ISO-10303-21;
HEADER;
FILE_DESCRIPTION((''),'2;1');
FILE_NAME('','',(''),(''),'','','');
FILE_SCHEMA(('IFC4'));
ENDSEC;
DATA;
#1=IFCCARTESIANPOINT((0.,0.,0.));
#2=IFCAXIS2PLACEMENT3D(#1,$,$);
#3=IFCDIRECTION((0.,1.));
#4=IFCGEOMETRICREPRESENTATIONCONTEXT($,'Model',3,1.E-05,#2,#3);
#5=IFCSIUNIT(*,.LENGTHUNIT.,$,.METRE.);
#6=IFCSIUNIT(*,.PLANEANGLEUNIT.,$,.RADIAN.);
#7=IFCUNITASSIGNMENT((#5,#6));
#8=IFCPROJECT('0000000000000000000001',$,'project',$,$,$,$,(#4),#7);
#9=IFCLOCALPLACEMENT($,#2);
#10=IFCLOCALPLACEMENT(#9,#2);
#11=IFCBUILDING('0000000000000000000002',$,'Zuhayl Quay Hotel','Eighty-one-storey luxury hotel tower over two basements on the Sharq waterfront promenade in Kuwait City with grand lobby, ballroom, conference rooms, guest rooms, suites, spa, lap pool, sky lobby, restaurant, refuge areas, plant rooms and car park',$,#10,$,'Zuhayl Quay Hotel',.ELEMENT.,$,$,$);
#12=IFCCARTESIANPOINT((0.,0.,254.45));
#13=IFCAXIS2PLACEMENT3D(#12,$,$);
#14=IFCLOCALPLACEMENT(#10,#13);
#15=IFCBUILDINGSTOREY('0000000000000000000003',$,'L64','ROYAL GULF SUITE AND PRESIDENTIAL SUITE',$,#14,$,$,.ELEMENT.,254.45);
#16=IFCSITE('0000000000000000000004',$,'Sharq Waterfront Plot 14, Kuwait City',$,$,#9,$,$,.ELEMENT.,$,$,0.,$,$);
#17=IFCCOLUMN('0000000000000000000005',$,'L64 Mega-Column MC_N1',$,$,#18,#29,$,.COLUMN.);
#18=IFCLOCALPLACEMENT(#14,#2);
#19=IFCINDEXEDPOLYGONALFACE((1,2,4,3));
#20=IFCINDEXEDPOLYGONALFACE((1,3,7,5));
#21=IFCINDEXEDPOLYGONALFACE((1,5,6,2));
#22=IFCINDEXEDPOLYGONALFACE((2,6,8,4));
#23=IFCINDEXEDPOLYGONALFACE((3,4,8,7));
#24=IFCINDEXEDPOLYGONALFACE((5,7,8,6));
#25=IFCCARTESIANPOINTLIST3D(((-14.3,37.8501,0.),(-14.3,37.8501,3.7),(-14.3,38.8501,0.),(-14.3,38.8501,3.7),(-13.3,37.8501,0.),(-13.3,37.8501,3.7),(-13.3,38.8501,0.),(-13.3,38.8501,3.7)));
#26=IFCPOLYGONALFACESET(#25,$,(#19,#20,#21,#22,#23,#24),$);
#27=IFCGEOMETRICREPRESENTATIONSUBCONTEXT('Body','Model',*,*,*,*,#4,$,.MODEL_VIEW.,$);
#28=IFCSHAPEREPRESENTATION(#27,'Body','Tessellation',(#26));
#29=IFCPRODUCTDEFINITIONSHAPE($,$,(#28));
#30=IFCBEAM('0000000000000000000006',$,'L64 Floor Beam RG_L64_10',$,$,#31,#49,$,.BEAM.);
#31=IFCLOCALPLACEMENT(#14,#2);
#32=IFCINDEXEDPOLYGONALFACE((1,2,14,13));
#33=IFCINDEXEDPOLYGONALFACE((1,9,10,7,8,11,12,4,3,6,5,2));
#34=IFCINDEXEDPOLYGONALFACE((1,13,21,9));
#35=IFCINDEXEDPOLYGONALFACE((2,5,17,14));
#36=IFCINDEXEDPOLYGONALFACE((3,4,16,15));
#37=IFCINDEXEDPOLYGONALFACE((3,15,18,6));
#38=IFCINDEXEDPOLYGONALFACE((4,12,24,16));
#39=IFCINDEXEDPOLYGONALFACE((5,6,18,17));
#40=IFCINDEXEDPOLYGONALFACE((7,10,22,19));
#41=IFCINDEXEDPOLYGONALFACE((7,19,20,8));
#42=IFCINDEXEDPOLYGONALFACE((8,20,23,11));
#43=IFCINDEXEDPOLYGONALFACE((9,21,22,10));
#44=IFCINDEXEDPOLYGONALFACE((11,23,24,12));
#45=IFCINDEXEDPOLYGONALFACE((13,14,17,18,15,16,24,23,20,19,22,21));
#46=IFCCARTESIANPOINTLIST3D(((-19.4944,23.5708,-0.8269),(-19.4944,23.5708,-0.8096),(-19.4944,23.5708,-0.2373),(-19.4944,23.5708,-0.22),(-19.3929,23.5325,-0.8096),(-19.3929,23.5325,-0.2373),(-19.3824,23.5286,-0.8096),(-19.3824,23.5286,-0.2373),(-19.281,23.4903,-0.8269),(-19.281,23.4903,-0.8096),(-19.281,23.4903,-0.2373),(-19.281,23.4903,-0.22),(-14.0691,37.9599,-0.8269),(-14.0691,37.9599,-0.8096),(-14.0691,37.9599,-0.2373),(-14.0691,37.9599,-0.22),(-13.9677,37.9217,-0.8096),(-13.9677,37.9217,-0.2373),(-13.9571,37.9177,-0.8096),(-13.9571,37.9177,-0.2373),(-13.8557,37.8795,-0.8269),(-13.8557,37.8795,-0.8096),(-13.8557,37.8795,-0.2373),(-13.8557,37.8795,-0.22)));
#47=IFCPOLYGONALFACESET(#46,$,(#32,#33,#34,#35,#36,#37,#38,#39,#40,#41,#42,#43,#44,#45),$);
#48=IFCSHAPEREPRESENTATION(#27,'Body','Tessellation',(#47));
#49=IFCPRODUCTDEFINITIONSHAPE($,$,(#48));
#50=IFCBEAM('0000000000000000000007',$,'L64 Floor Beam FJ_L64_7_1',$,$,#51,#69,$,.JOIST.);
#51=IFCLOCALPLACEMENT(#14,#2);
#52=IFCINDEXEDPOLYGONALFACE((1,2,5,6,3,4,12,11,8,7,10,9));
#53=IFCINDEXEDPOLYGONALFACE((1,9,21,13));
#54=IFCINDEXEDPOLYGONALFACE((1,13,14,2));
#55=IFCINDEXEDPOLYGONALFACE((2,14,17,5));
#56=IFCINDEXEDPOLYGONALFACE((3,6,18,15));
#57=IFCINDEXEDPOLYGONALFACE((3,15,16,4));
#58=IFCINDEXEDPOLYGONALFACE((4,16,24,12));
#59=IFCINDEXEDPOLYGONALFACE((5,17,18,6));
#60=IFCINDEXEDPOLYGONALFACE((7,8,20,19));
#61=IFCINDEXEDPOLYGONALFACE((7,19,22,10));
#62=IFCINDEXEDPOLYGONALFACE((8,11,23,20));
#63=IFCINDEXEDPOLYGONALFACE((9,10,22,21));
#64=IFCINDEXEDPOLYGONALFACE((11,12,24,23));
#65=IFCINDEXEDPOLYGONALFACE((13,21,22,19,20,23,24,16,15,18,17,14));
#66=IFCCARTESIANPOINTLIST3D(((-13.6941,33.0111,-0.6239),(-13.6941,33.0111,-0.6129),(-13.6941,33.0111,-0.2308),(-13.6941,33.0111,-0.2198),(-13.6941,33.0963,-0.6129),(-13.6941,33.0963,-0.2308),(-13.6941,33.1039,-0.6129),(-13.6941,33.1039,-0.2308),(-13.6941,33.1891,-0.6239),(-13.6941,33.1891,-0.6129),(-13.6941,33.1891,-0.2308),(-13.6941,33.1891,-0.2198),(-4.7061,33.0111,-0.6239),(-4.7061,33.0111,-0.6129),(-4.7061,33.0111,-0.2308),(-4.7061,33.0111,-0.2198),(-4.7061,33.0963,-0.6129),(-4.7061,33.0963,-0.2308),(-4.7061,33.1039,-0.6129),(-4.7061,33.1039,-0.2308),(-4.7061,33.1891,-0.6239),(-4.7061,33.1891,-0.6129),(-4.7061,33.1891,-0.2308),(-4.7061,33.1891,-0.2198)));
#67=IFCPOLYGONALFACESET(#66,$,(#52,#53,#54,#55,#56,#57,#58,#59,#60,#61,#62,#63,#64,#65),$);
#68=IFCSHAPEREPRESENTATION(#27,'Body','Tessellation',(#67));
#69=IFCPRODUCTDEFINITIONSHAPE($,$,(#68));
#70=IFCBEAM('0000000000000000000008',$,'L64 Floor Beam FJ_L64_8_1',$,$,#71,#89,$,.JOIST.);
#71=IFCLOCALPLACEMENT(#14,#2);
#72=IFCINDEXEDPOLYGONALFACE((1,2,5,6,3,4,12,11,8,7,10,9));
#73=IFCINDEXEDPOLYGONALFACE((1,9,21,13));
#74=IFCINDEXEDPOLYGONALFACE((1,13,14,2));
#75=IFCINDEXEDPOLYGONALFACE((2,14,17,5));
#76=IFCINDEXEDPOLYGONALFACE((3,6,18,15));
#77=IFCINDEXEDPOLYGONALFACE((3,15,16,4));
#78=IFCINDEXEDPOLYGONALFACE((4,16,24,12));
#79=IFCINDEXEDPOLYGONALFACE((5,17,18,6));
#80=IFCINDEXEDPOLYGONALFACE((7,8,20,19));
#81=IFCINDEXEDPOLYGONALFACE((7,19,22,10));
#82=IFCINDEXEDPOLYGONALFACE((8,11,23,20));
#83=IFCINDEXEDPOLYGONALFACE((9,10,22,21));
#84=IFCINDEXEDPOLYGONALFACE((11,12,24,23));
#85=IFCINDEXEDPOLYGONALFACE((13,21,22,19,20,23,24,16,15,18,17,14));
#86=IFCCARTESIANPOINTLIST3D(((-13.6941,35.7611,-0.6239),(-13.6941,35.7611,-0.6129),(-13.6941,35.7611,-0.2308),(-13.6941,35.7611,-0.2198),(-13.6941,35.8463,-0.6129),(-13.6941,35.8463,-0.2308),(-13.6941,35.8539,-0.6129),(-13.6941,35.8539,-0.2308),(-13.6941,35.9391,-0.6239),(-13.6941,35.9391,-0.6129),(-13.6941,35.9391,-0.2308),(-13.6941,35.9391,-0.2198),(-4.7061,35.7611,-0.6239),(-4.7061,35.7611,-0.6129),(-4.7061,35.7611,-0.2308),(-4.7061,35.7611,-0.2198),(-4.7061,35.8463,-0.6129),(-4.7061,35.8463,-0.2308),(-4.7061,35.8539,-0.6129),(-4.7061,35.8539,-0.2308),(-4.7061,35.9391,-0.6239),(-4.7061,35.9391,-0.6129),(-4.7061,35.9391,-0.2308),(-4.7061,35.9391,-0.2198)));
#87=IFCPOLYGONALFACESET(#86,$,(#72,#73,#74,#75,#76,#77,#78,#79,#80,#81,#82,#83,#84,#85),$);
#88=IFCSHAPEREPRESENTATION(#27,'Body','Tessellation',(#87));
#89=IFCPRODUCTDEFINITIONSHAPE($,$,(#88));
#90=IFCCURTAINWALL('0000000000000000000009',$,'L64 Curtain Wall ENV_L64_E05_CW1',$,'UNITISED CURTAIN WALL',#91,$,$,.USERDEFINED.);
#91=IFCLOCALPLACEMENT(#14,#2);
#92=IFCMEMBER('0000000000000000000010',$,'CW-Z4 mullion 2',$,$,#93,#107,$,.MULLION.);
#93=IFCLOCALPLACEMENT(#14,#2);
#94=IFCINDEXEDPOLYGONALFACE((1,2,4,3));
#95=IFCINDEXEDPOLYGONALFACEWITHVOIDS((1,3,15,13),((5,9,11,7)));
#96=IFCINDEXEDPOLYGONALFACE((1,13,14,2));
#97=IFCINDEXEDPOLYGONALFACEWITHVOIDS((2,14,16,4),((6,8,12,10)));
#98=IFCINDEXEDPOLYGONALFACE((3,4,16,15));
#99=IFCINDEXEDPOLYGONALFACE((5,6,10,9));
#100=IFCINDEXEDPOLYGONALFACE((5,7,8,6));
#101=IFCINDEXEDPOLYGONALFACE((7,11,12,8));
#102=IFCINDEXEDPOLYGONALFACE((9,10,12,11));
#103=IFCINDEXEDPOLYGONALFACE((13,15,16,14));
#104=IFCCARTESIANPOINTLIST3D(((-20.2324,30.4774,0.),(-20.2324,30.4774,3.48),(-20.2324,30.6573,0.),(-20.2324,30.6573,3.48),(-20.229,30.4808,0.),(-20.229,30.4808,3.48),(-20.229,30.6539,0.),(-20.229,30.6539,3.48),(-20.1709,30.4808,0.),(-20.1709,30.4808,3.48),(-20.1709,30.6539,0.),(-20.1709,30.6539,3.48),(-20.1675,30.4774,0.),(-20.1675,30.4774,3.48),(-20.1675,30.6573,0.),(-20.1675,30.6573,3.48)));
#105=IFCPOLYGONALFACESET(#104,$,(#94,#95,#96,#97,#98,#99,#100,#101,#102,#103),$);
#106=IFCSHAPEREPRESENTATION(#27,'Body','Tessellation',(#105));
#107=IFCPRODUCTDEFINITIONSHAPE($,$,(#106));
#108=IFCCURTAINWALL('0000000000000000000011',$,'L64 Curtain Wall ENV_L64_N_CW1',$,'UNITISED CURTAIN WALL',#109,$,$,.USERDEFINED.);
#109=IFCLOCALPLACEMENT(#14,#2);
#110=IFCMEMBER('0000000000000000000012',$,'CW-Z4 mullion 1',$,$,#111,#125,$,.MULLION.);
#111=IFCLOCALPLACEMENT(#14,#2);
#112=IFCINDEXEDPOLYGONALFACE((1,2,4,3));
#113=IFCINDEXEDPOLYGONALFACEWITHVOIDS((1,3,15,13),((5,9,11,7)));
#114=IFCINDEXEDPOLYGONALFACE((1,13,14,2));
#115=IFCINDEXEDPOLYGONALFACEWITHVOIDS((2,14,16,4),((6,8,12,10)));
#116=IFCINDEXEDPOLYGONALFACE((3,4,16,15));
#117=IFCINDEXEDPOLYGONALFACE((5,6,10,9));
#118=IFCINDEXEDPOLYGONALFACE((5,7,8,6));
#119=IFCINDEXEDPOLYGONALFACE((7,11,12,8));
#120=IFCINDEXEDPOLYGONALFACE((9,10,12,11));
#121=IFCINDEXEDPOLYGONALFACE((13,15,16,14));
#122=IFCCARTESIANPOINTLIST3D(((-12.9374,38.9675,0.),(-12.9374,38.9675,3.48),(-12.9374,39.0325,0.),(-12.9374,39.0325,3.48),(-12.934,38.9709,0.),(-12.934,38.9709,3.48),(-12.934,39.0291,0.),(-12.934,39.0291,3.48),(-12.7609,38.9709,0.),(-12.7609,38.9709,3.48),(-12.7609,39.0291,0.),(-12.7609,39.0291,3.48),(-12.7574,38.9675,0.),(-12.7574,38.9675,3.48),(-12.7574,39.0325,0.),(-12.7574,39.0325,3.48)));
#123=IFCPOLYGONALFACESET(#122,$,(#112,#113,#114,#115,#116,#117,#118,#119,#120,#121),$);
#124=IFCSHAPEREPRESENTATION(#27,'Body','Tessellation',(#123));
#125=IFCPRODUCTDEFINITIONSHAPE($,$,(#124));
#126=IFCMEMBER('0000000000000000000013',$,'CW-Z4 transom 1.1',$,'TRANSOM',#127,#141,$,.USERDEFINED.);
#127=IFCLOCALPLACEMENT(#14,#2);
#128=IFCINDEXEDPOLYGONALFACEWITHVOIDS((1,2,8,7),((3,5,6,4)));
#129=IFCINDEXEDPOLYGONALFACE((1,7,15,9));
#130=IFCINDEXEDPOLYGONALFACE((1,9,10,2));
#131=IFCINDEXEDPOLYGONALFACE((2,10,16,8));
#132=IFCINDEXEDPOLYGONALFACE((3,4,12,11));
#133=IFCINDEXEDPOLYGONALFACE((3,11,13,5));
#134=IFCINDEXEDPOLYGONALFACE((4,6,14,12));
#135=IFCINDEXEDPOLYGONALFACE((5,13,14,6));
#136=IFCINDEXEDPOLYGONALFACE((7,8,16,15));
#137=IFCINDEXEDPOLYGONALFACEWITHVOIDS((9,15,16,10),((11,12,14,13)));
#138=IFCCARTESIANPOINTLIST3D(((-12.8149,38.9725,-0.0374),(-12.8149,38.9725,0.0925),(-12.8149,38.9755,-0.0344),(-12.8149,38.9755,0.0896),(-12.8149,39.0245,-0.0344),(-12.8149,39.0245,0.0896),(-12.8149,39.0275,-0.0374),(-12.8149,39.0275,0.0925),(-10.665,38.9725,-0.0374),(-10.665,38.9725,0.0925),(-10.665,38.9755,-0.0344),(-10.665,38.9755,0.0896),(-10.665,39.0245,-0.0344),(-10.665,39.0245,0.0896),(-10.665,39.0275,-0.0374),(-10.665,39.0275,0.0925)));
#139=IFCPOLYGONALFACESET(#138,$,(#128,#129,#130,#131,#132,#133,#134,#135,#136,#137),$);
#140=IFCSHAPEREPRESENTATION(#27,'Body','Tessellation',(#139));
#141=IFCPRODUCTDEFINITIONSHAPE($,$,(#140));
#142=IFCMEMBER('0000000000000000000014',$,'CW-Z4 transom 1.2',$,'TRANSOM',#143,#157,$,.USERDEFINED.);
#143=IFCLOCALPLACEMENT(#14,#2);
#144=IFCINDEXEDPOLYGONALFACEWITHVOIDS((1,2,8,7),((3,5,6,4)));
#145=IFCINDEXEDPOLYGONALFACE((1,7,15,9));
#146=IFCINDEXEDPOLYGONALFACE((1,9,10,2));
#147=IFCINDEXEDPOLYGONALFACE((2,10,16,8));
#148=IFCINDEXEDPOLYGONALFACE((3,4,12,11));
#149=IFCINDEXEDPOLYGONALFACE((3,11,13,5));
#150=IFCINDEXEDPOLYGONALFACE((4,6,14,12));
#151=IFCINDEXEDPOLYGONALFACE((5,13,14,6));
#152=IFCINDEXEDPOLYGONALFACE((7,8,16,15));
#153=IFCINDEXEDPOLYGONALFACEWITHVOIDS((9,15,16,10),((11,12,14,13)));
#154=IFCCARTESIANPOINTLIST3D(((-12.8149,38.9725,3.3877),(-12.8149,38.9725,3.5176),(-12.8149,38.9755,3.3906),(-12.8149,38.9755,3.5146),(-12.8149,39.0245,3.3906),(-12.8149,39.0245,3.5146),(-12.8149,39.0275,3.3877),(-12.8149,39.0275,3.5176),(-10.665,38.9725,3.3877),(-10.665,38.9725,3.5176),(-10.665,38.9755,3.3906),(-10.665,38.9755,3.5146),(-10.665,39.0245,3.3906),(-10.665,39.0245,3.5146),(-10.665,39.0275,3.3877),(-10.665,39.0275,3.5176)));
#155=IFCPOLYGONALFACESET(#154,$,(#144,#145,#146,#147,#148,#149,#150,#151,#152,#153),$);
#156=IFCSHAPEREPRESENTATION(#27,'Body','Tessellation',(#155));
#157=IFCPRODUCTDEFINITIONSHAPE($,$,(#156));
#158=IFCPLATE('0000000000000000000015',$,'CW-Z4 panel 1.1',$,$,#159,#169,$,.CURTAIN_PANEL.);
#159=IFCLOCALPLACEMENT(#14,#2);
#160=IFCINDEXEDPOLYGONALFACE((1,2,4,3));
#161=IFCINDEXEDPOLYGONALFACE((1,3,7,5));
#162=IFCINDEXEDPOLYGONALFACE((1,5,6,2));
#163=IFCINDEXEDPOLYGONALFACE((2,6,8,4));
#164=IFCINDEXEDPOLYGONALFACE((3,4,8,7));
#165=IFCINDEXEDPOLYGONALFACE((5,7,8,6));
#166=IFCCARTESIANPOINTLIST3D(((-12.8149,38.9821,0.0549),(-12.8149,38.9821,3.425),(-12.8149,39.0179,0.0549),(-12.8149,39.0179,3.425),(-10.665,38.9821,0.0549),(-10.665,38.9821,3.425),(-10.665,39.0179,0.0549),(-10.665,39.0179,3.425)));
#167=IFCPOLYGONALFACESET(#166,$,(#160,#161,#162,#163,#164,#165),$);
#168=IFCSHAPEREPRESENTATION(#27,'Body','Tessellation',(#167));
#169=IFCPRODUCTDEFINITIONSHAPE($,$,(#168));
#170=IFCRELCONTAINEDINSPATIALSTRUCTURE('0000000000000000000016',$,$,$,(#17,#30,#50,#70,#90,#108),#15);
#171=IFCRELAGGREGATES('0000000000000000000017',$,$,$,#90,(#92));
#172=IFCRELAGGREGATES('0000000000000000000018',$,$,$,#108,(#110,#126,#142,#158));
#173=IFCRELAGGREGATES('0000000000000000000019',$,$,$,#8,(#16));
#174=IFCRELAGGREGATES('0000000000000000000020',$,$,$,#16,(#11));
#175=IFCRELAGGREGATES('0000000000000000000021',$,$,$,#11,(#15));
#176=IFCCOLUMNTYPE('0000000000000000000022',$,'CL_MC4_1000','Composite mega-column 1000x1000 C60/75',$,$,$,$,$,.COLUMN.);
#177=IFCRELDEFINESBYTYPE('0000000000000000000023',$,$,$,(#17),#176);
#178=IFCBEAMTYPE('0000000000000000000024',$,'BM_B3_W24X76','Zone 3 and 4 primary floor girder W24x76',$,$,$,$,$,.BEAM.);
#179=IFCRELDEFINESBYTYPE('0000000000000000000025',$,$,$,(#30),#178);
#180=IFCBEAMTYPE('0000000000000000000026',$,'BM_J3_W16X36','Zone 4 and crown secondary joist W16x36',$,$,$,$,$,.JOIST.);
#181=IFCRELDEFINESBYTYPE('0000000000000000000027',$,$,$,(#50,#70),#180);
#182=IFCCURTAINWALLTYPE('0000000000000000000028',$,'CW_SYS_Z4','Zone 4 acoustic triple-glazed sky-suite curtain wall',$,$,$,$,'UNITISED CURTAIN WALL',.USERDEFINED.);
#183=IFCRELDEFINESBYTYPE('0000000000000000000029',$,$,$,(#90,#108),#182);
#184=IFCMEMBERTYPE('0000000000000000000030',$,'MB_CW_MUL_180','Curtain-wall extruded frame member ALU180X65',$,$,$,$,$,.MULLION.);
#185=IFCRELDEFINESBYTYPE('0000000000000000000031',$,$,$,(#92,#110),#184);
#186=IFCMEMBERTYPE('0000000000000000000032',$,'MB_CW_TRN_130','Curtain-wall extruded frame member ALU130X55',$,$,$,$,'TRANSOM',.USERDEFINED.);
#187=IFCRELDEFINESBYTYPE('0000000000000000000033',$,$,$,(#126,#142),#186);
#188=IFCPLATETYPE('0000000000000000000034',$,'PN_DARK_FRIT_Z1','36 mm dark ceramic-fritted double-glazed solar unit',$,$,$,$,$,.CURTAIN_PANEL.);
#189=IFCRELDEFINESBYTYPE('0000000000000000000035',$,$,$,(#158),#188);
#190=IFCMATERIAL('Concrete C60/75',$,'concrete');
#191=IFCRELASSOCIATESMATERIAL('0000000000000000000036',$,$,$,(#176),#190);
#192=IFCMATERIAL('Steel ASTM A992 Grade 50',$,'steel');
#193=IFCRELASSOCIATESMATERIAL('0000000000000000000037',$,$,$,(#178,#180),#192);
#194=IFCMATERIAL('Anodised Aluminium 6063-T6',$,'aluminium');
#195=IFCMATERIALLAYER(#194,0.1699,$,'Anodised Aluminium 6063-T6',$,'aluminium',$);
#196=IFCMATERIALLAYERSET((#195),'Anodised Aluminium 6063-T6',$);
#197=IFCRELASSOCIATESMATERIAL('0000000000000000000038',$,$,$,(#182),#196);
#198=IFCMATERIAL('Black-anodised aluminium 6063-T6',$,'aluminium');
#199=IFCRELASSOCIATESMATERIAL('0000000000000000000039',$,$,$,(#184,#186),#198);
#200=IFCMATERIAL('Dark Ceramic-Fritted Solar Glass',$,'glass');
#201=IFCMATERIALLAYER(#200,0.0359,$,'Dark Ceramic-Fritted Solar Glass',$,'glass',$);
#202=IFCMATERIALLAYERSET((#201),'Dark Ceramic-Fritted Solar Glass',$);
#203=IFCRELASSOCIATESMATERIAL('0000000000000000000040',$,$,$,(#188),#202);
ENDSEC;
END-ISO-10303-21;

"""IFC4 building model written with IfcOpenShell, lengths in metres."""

from ifc_helpers import new_model, si_unit, direction, frame, origin, origin_2d, place, context, subcontext, project, spatial, rectangle, hollow_rectangle, i_section, extrude, material, layer, layer_set, material_profile, profile_set, type_object, element, aggregate, save


model = new_model("IFC4")

# Units and contexts
model_context = context("Model", 3, precision=1e-05, world=origin(), true_north=direction((0.0, 1.0)))
body_context = subcontext(model_context, "Body", "Model", "MODEL_VIEW")
ifc_project = project(units=[si_unit("LENGTHUNIT", "METRE"), si_unit("PLANEANGLEUNIT", "RADIAN")], contexts=[model_context])

# Site, building, storey
site_placement = place(None, origin())
site = spatial("IfcSite", under=ifc_project, at=site_placement, Name="Sharq Waterfront Plot 14, Kuwait City", CompositionType="ELEMENT", RefElevation=0.0)
building_placement = place(site_placement, origin())
building = spatial("IfcBuilding", under=site, at=building_placement, Name="Zuhayl Quay Hotel", Description="Eighty-one-storey luxury hotel tower over two basements on the Sharq waterfront promenade in Kuwait City with grand lobby, ballroom, conference rooms, guest rooms, suites, spa, lap pool, sky lobby, restaurant, refuge areas, plant rooms and car park", LongName="Zuhayl Quay Hotel", CompositionType="ELEMENT")
storey_placement = place(building_placement, frame((0.0, 0.0, 254.45)))
storey = spatial("IfcBuildingStorey", under=building, at=storey_placement, Name="L64", Description="ROYAL GULF SUITE AND PRESIDENTIAL SUITE", CompositionType="ELEMENT", Elevation=254.45)

# Column
ifc_material_1 = material(Name="Concrete C60/75", Category="concrete")
ifc_material_profile_1 = material_profile(ifc_material_1, rectangle(XDim=1.0, YDim=1.0, at=origin_2d()), Name="RC1000X1000")
ifc_profile_set_1 = profile_set([ifc_material_profile_1], Name="Concrete C60/75")
column_type = type_object("IfcColumnType", Name="CL_MC4_1000", Description="Composite mega-column 1000x1000 C60/75", PredefinedType="COLUMN", material=ifc_profile_set_1)
column_placement = place(storey_placement, frame((-13.8, 38.3501, 0.0), z_axis=(0.0, 0.0, 1.0), x_axis=(1.0, 0.0, 0.0)))
element("IfcColumn", 1, at=column_placement, inside=storey, type_object=column_type, Name="L64 Mega-Column MC_N1", PredefinedType="COLUMN", context=body_context, shape_type="SweptSolid", body=[
    extrude(rectangle(XDim=1.0, YDim=1.0, at=origin_2d()), origin(), (0.0, 0.0, 1.0), 3.7),
])

# Beams
ifc_material_2 = material(Name="Steel ASTM A992 Grade 50", Category="steel")
ifc_material_profile_2 = material_profile(ifc_material_2, i_section(OverallWidth=0.228, OverallDepth=0.6069, WebThickness=0.0112, FlangeThickness=0.0173, at=origin_2d()), Name="W24X76")
ifc_profile_set_2 = profile_set([ifc_material_profile_2], Name="Steel ASTM A992 Grade 50")
beam_type_1 = type_object("IfcBeamType", Name="BM_B3_W24X76", Description="Zone 3 and 4 primary floor girder W24x76", PredefinedType="BEAM", material=ifc_profile_set_2)
beam_placement = place(storey_placement, frame((-13.9624, 37.9197, -0.5234), z_axis=(-0.352797, -0.9357, 0.0), x_axis=(0.9357, -0.352797, 0.0)))
element("IfcBeam", 2, at=beam_placement, inside=storey, type_object=beam_type_1, Name="L64 Floor Beam RG_L64_10", PredefinedType="BEAM", context=body_context, shape_type="SweptSolid", body=[
    extrude(i_section(OverallWidth=0.228, OverallDepth=0.6069, WebThickness=0.0112, FlangeThickness=0.0173, at=origin_2d()), origin(), (0.0, 0.0, 1.0), 15.3779),
])
ifc_material_profile_3 = material_profile(ifc_material_2, i_section(OverallWidth=0.178, OverallDepth=0.4041, WebThickness=0.0076, FlangeThickness=0.011, at=origin_2d()), Name="W16X36")
ifc_profile_set_3 = profile_set([ifc_material_profile_3], Name="Steel ASTM A992 Grade 50")
beam_type_2 = type_object("IfcBeamType", Name="BM_J3_W16X36", Description="Zone 4 and crown secondary joist W16x36", PredefinedType="JOIST", material=ifc_profile_set_3)
for number, where, z_axis, x_axis, name in (
    (3, (-13.6941, 33.1001, -0.4219), (1.0, 0.0, 0.0), (0.0, 1.0, 0.0), "L64 Floor Beam FJ_L64_7_1"),
    (4, (-13.6941, 35.8501, -0.4219), (1.0, 0.0, 0.0), (0.0, 1.0, 0.0), "L64 Floor Beam FJ_L64_8_1"),
):
    element("IfcBeam", number, at=place(storey_placement, frame(where, z_axis=z_axis, x_axis=x_axis)), inside=storey, type_object=beam_type_2, Name=name, PredefinedType="JOIST", context=body_context, shape_type="SweptSolid", body=[
        extrude(i_section(OverallWidth=0.178, OverallDepth=0.4041, WebThickness=0.0076, FlangeThickness=0.011, at=origin_2d()), origin(), (0.0, 0.0, 1.0), 8.988),
    ])

# Curtain wall, member
ifc_material_3 = material(Name="Anodised Aluminium 6063-T6", Category="aluminium")
ifc_layer_1 = layer(ifc_material_3, 0.1699, Name="Anodised Aluminium 6063-T6", Category="aluminium")
ifc_layer_set_1 = layer_set([ifc_layer_1], Name="Anodised Aluminium 6063-T6")
curtain_wall_type = type_object("IfcCurtainWallType", Name="CW_SYS_Z4", Description="Zone 4 acoustic triple-glazed sky-suite curtain wall", ElementType="UNITISED CURTAIN WALL", PredefinedType="USERDEFINED", material=ifc_layer_set_1)
curtain_wall_1_placement = place(storey_placement, origin())
curtain_wall_1 = element("IfcCurtainWall", 5, at=curtain_wall_1_placement, inside=storey, type_object=curtain_wall_type, Name="L64 Curtain Wall ENV_L64_E05_CW1", ObjectType="UNITISED CURTAIN WALL", PredefinedType="USERDEFINED")
ifc_material_4 = material(Name="Black-anodised aluminium 6063-T6", Category="aluminium")
ifc_material_profile_4 = material_profile(ifc_material_4, hollow_rectangle(XDim=0.0649, YDim=0.1799, WallThickness=0.0034, at=origin_2d()), Name="ALU180X65")
ifc_profile_set_4 = profile_set([ifc_material_profile_4], Name="Black-anodised aluminium 6063-T6")
member_type_1 = type_object("IfcMemberType", Name="MB_CW_MUL_180", Description="Curtain-wall extruded frame member ALU180X65", PredefinedType="MULLION", material=ifc_profile_set_4)
member_1_placement = place(storey_placement, frame((-20.2, 30.5674, 0.0), z_axis=(0.0, 0.0, 1.0), x_axis=(-1.0, 0.0, 0.0)))
member_1 = element("IfcMember", 6, at=member_1_placement, type_object=member_type_1, Name="CW-Z4 mullion 2", PredefinedType="MULLION", context=body_context, shape_type="SweptSolid", body=[
    extrude(hollow_rectangle(XDim=0.0649, YDim=0.1799, WallThickness=0.0034, at=origin_2d()), origin(), (0.0, 0.0, 1.0), 3.48),
])
aggregate(curtain_wall_1, [member_1])

# Curtain wall, members, plate
curtain_wall_2_placement = place(storey_placement, origin())
curtain_wall_2 = element("IfcCurtainWall", 7, at=curtain_wall_2_placement, inside=storey, type_object=curtain_wall_type, Name="L64 Curtain Wall ENV_L64_N_CW1", ObjectType="UNITISED CURTAIN WALL", PredefinedType="USERDEFINED")
member_2_placement = place(storey_placement, frame((-12.8474, 39.0, 0.0), z_axis=(0.0, 0.0, 1.0), x_axis=(0.0, 1.0, 0.0)))
member_2 = element("IfcMember", 8, at=member_2_placement, type_object=member_type_1, Name="CW-Z4 mullion 1", PredefinedType="MULLION", context=body_context, shape_type="SweptSolid", body=[
    extrude(hollow_rectangle(XDim=0.0649, YDim=0.1799, WallThickness=0.0034, at=origin_2d()), origin(), (0.0, 0.0, 1.0), 3.48),
])
ifc_material_profile_5 = material_profile(ifc_material_4, hollow_rectangle(XDim=0.0549, YDim=0.1299, WallThickness=0.0029, at=origin_2d()), Name="ALU130X55")
ifc_profile_set_5 = profile_set([ifc_material_profile_5], Name="Black-anodised aluminium 6063-T6")
member_type_2 = type_object("IfcMemberType", Name="MB_CW_TRN_130", Description="Curtain-wall extruded frame member ALU130X55", ElementType="TRANSOM", PredefinedType="USERDEFINED", material=ifc_profile_set_5)
member_3_placement = place(storey_placement, frame((-12.8149, 39.0, 0.0276), z_axis=(1.0, 0.0, 0.0), x_axis=(0.0, 1.0, 0.0)))
member_3 = element("IfcMember", 9, at=member_3_placement, type_object=member_type_2, Name="CW-Z4 transom 1.1", ObjectType="TRANSOM", PredefinedType="USERDEFINED", context=body_context, shape_type="SweptSolid", body=[
    extrude(hollow_rectangle(XDim=0.0549, YDim=0.1299, WallThickness=0.0029, at=origin_2d()), origin(), (0.0, 0.0, 1.0), 2.1499),
])
member_4_placement = place(storey_placement, frame((-12.8149, 39.0, 3.4526), z_axis=(1.0, 0.0, 0.0), x_axis=(0.0, 1.0, 0.0)))
member_4 = element("IfcMember", 10, at=member_4_placement, type_object=member_type_2, Name="CW-Z4 transom 1.2", ObjectType="TRANSOM", PredefinedType="USERDEFINED", context=body_context, shape_type="SweptSolid", body=[
    extrude(hollow_rectangle(XDim=0.0549, YDim=0.1299, WallThickness=0.0029, at=origin_2d()), origin(), (0.0, 0.0, 1.0), 2.1499),
])
ifc_material_5 = material(Name="Dark Ceramic-Fritted Solar Glass", Category="glass")
ifc_layer_2 = layer(ifc_material_5, 0.0359, Name="Dark Ceramic-Fritted Solar Glass", Category="glass")
ifc_layer_set_2 = layer_set([ifc_layer_2], Name="Dark Ceramic-Fritted Solar Glass")
plate_type = type_object("IfcPlateType", Name="PN_DARK_FRIT_Z1", Description="36 mm dark ceramic-fritted double-glazed solar unit", PredefinedType="CURTAIN_PANEL", material=ifc_layer_set_2)
plate_placement = place(storey_placement, frame((-11.74, 39.0, 0.0549), z_axis=(0.0, 0.0, 1.0), x_axis=(1.0, 0.0, 0.0)))
plate = element("IfcPlate", 11, at=plate_placement, type_object=plate_type, Name="CW-Z4 panel 1.1", PredefinedType="CURTAIN_PANEL", context=body_context, shape_type="SweptSolid", body=[
    extrude(rectangle(XDim=2.1499, YDim=0.0359, at=origin_2d()), origin(), (0.0, 0.0, 1.0), 3.3701),
])
aggregate(curtain_wall_2, [member_2, member_3, member_4, plate])

save(model, "model.ifc")
